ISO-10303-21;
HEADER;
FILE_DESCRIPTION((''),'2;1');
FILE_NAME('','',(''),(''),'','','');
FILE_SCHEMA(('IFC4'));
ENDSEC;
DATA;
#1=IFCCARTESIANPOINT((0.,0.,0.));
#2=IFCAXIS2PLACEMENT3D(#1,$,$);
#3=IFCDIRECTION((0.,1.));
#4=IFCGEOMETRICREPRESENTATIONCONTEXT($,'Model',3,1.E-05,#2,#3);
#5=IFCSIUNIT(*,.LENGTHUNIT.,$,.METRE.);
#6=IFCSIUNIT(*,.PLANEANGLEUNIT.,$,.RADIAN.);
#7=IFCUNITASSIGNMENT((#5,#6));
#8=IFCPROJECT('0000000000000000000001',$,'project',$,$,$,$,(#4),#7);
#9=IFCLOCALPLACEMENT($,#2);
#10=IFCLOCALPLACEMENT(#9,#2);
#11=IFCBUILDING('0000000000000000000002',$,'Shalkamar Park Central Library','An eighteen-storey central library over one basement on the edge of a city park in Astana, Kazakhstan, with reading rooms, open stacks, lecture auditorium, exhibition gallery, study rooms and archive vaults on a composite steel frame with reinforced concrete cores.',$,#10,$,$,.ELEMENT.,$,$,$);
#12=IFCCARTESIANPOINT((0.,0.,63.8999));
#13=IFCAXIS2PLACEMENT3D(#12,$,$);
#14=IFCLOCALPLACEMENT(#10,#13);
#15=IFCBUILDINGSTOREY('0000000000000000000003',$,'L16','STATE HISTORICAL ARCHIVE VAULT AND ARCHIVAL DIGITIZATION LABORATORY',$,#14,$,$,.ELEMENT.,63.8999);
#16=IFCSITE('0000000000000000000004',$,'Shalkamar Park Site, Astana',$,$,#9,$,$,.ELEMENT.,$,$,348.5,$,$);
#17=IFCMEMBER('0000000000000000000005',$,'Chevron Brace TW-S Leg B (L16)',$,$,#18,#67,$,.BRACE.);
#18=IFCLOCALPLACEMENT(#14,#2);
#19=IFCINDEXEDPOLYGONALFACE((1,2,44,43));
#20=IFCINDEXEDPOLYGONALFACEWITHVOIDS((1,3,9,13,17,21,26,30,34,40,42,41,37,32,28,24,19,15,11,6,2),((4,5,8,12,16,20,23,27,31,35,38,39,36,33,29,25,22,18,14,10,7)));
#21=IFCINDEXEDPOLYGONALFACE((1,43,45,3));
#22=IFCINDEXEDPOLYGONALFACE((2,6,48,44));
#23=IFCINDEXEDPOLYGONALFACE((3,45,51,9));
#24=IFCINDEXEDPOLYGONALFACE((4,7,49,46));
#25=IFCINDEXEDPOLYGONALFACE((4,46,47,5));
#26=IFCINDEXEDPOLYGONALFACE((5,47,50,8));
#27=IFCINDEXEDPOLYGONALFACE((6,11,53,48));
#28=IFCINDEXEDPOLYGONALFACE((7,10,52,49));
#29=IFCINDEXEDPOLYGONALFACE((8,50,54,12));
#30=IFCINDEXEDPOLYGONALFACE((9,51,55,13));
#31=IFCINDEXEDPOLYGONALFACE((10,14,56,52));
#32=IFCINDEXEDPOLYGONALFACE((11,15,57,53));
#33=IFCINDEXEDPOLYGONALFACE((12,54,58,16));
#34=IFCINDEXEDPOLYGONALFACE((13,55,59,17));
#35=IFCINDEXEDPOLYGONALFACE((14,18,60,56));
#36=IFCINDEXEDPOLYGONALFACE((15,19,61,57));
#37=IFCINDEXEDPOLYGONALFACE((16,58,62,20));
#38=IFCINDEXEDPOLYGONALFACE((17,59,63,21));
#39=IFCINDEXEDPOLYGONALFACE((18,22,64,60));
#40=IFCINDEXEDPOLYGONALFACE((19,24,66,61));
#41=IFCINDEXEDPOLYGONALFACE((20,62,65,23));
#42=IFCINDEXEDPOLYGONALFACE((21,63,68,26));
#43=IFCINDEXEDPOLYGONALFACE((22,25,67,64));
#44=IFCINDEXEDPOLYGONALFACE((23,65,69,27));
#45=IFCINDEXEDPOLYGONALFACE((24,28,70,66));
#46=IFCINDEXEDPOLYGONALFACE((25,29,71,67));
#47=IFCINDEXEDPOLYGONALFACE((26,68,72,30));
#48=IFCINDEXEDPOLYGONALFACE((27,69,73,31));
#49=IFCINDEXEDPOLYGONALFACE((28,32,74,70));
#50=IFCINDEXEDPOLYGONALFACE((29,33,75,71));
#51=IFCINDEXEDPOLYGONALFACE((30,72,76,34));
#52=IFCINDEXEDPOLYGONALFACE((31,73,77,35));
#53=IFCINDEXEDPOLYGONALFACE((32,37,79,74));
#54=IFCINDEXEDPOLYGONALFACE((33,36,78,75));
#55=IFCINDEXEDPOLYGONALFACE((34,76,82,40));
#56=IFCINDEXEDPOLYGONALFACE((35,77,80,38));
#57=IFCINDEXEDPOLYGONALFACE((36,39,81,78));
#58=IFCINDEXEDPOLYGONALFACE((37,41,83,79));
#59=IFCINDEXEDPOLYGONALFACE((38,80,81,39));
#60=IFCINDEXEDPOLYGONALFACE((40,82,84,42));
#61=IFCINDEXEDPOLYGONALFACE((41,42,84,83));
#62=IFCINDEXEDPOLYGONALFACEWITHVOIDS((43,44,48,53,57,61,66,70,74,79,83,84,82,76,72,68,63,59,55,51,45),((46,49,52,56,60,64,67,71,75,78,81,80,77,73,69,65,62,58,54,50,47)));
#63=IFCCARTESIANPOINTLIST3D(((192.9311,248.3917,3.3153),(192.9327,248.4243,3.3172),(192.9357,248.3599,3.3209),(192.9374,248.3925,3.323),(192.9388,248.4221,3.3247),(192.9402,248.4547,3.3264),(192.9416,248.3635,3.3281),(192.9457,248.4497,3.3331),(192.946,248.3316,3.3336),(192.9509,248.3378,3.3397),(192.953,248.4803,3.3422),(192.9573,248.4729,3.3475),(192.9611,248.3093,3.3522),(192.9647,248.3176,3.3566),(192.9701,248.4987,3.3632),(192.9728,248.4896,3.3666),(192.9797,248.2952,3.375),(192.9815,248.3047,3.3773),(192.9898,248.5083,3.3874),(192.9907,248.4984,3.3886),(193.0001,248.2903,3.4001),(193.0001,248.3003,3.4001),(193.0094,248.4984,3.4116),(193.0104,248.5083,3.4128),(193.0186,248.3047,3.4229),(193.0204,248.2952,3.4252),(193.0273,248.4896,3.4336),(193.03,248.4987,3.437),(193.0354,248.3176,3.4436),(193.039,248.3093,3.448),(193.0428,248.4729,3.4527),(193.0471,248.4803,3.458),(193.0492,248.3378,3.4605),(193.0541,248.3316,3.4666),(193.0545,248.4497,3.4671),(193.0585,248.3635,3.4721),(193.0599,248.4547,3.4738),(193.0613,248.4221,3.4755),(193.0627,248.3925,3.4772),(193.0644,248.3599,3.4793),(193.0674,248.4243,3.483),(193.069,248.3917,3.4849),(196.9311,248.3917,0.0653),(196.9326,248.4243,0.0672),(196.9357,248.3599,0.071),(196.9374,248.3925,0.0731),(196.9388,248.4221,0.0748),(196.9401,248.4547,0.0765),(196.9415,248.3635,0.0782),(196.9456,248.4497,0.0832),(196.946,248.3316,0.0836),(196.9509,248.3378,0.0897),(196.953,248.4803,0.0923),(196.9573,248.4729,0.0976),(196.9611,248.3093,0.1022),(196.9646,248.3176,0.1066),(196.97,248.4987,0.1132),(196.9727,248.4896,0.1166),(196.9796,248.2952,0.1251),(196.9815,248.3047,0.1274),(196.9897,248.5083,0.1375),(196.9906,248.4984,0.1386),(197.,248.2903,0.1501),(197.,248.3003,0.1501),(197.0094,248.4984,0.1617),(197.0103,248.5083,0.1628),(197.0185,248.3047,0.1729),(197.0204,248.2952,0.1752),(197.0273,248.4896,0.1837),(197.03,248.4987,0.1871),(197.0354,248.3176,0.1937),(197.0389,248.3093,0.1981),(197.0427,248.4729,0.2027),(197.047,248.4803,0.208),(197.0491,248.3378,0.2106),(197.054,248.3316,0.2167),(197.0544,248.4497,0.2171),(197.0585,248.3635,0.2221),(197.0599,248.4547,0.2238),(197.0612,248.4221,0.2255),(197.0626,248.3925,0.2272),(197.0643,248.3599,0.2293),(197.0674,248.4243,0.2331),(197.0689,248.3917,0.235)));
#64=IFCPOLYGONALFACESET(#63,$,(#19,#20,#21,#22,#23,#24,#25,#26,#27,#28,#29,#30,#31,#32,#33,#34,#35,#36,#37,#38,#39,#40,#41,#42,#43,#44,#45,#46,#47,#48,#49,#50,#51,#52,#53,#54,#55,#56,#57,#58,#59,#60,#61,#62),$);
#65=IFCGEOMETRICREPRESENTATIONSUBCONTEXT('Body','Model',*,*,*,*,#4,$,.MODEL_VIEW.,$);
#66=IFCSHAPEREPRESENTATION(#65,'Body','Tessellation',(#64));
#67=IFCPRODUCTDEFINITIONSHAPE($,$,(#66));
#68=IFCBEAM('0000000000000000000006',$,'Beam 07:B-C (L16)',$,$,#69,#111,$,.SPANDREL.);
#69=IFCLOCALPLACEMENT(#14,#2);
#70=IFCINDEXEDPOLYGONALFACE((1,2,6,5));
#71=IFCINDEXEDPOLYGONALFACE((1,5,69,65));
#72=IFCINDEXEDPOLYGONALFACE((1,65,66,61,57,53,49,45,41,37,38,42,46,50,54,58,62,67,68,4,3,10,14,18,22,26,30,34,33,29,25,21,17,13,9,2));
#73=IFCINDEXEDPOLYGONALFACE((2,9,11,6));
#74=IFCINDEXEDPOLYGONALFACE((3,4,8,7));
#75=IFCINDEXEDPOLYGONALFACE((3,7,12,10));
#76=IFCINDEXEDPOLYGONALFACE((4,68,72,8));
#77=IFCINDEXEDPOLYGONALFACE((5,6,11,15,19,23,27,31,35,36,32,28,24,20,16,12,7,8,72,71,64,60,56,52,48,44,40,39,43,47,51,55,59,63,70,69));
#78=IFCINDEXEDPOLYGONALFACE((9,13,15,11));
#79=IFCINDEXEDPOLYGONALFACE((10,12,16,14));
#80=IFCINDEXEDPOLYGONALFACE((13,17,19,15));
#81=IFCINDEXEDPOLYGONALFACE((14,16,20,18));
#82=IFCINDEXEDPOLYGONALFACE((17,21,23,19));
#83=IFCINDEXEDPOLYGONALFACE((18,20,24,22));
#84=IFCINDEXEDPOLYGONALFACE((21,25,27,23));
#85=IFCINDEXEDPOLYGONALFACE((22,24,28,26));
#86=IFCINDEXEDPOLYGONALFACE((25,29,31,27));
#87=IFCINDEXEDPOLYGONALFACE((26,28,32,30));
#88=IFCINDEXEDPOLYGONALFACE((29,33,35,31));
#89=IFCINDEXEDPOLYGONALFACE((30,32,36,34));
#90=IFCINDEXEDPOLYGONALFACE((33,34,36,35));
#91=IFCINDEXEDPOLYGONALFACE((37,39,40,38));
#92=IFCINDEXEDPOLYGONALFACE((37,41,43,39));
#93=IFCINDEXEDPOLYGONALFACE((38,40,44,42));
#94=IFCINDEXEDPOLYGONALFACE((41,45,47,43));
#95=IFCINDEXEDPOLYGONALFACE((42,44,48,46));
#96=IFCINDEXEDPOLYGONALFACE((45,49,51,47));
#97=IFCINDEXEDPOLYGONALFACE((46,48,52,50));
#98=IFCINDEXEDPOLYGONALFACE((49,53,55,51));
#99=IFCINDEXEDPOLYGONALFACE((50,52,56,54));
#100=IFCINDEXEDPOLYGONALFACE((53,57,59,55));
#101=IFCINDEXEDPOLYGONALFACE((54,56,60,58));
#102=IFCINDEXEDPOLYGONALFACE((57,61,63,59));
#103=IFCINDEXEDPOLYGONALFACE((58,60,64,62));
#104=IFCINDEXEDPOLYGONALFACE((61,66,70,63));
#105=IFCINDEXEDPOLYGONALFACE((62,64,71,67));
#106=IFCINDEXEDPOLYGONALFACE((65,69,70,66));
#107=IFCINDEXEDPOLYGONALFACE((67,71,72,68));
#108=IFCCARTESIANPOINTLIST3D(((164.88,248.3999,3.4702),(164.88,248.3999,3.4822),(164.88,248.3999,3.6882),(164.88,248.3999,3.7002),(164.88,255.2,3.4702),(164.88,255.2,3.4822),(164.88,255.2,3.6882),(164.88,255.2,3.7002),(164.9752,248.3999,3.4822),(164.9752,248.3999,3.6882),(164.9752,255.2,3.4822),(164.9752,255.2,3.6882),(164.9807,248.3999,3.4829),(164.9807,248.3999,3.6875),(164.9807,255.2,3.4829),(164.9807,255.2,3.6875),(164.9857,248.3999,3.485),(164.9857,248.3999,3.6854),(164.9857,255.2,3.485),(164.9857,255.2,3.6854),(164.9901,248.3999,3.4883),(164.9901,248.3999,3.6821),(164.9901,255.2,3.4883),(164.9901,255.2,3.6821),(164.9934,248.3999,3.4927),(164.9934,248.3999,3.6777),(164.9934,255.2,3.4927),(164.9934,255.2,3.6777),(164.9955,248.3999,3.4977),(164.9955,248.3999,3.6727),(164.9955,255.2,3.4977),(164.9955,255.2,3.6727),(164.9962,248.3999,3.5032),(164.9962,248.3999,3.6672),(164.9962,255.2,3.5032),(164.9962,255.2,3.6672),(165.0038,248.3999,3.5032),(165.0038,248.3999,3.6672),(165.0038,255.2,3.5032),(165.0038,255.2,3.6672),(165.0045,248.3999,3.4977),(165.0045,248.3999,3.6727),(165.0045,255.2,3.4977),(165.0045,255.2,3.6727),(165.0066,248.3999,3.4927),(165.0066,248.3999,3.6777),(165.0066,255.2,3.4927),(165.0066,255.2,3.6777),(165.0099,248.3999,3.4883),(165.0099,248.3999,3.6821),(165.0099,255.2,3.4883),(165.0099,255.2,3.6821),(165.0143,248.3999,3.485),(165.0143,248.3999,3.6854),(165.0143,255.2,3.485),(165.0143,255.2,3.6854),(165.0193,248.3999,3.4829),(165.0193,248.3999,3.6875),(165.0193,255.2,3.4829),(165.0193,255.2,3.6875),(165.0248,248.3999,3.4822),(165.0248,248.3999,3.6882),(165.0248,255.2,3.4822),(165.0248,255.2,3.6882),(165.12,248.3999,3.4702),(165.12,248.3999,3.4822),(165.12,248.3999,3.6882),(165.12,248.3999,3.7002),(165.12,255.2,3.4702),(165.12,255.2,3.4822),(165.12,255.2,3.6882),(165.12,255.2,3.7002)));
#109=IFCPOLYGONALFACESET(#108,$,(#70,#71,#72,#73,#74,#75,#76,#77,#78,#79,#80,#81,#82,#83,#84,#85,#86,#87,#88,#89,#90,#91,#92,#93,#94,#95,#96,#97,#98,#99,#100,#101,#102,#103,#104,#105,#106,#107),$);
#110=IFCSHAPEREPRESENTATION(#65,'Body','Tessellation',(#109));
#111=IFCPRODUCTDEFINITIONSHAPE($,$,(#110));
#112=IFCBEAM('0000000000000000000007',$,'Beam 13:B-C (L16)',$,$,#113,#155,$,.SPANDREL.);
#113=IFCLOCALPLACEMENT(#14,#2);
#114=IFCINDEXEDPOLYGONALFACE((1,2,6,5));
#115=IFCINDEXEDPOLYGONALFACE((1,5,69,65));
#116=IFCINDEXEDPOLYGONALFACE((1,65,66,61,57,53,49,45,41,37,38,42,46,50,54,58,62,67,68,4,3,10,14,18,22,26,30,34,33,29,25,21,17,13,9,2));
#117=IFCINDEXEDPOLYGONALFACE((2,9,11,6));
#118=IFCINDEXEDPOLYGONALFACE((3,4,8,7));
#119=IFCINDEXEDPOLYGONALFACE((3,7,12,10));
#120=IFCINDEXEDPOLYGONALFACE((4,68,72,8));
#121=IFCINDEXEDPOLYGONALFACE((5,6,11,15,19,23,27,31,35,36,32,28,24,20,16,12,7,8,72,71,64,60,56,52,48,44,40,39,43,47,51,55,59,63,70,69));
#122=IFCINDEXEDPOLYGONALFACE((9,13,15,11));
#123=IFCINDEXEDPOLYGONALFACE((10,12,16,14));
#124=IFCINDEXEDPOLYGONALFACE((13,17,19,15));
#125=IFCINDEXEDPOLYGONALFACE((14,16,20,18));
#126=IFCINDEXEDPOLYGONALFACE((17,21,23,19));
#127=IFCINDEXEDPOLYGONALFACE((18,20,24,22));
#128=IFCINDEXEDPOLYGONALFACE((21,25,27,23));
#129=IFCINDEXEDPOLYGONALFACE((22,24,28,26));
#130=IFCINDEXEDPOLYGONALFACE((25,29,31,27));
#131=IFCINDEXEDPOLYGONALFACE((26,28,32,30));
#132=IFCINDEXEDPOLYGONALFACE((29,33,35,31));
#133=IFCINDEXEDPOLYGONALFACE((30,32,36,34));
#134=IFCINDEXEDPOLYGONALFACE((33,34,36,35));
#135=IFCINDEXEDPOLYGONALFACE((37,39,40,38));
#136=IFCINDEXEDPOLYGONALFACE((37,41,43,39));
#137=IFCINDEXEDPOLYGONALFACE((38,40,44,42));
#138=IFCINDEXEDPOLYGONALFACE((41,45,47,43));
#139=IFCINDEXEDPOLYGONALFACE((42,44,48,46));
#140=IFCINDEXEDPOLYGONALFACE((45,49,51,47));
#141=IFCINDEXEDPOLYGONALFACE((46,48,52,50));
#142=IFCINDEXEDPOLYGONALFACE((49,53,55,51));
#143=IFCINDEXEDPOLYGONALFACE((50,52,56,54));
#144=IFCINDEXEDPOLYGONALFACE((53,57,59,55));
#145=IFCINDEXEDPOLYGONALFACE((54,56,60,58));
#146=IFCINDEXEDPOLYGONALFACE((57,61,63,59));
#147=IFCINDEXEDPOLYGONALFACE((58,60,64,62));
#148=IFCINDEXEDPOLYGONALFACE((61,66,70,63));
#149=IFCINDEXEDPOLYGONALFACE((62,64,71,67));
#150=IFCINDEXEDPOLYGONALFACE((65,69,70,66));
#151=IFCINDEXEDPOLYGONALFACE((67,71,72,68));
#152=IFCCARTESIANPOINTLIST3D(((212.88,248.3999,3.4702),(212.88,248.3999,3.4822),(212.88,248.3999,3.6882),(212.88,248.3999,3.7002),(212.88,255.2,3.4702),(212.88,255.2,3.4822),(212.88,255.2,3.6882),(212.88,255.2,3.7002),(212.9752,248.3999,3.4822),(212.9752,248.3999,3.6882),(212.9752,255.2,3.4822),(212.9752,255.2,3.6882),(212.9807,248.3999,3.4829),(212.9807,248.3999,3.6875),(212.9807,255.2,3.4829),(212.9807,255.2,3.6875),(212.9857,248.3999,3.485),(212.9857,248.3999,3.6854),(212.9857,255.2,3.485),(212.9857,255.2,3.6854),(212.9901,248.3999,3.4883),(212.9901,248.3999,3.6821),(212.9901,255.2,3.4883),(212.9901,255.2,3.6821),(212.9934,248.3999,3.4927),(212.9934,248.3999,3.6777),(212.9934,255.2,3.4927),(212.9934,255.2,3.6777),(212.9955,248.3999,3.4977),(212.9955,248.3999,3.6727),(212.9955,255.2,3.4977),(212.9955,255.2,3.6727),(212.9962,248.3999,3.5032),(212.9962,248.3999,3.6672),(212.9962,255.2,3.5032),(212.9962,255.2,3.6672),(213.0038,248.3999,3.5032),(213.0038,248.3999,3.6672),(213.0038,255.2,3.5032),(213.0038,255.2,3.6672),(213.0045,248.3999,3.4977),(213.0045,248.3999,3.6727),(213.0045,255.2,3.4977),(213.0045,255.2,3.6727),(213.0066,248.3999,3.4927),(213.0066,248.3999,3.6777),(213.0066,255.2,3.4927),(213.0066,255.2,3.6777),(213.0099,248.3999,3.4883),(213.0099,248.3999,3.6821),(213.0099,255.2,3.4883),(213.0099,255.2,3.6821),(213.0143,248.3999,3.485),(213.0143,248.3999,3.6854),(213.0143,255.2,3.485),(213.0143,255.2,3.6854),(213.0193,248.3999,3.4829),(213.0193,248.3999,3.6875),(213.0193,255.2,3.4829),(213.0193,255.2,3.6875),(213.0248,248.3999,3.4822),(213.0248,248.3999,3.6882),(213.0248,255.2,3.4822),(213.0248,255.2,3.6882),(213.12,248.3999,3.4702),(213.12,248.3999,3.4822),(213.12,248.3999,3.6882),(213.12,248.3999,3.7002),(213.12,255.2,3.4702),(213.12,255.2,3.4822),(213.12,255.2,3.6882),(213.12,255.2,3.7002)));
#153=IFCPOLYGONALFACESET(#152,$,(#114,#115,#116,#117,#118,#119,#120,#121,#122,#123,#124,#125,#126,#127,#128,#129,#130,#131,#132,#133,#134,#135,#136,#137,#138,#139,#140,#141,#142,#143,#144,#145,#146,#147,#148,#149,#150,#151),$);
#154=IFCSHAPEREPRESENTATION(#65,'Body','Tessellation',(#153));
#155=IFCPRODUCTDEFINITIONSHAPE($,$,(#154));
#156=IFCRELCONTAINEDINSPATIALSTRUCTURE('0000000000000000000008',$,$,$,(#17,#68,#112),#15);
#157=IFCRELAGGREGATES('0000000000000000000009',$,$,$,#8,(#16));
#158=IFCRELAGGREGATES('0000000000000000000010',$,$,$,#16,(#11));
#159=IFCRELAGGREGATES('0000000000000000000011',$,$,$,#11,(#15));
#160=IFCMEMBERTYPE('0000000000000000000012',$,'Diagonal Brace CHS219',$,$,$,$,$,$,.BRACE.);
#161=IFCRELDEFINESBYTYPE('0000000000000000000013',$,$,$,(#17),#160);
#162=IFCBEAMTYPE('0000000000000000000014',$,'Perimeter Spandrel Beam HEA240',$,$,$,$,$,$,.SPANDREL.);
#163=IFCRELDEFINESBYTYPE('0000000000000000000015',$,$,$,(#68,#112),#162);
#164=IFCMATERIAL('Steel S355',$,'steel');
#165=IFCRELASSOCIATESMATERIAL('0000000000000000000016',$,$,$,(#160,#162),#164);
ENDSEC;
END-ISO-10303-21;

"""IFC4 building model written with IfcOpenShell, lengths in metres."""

from ifc_helpers import new_model, si_unit, direction, frame, origin, origin_2d, place, context, subcontext, project, spatial, hollow_circle, i_section, extrude, material, material_profile, profile_set, type_object, element, save


model = new_model("IFC4")

# Units and contexts
model_context = context("Model", 3, precision=1e-05, world=origin(), true_north=direction((0.0, 1.0)))
body_context = subcontext(model_context, "Body", "Model", "MODEL_VIEW")
ifc_project = project(units=[si_unit("LENGTHUNIT", "METRE"), si_unit("PLANEANGLEUNIT", "RADIAN")], contexts=[model_context])

# Site, building, storey
site_placement = place(None, origin())
site = spatial("IfcSite", under=ifc_project, at=site_placement, Name="Shalkamar Park Site, Astana", CompositionType="ELEMENT", RefElevation=348.5)
building_placement = place(site_placement, origin())
building = spatial("IfcBuilding", under=site, at=building_placement, Name="Shalkamar Park Central Library", Description="An eighteen-storey central library over one basement on the edge of a city park in Astana, Kazakhstan, with reading rooms, open stacks, lecture auditorium, exhibition gallery, study rooms and archive vaults on a composite steel frame with reinforced concrete cores.", CompositionType="ELEMENT")
storey_placement = place(building_placement, frame((0.0, 0.0, 63.8999)))
storey = spatial("IfcBuildingStorey", under=building, at=storey_placement, Name="L16", Description="STATE HISTORICAL ARCHIVE VAULT AND ARCHIVAL DIGITIZATION LABORATORY", CompositionType="ELEMENT", Elevation=63.8999)

# Shared definitions
ifc_material_1 = material(Name="Steel S355", Category="steel")

# Member
ifc_material_profile_1 = material_profile(ifc_material_1, hollow_circle(Radius=0.1096, WallThickness=0.01, at=origin_2d()), Name="CHS 219.1x10")
ifc_profile_set_1 = profile_set([ifc_material_profile_1], Name="Steel S355")
member_type = type_object("IfcMemberType", Name="Diagonal Brace CHS219", PredefinedType="BRACE", material=ifc_profile_set_1)
for number, where, z_axis, x_axis, name in (
    (1, (197.0, 248.3999, 0.1501), (-0.776114, 0.0, 0.630593), (0.0, -1.0, 0.0), "Chevron Brace TW-S Leg B (L16)"),
):
    element("IfcMember", number, at=place(storey_placement, frame(where, z_axis=z_axis, x_axis=x_axis)), inside=storey, type_object=member_type, Name=name, PredefinedType="BRACE", context=body_context, shape_type="SweptSolid", body=[
        extrude(hollow_circle(Radius=0.1096, WallThickness=0.01, at=origin_2d()), origin(), (0.0, 0.0, 1.0), 5.1538),
    ])

# Beams
ifc_material_profile_2 = material_profile(ifc_material_1, i_section(OverallWidth=0.24, OverallDepth=0.23, WebThickness=0.0076, FlangeThickness=0.012, FilletRadius=0.021, at=origin_2d()), Name="HEA 240")
ifc_profile_set_2 = profile_set([ifc_material_profile_2], Name="Steel S355")
beam_type_1 = type_object("IfcBeamType", Name="Perimeter Spandrel Beam HEA240", PredefinedType="SPANDREL", material=ifc_profile_set_2)
for number, where, z_axis, x_axis, name in (
    (2, (165.0, 248.3999, 3.5852), (0.0, 1.0, 0.0), (-1.0, 0.0, 0.0), "Beam 07:B-C (L16)"),
    (3, (213.0, 248.3999, 3.5852), (0.0, 1.0, 0.0), (-1.0, 0.0, 0.0), "Beam 13:B-C (L16)"),
):
    element("IfcBeam", number, at=place(storey_placement, frame(where, z_axis=z_axis, x_axis=x_axis)), inside=storey, type_object=beam_type_1, Name=name, PredefinedType="SPANDREL", context=body_context, shape_type="SweptSolid", body=[
        extrude(i_section(OverallWidth=0.24, OverallDepth=0.23, WebThickness=0.0076, FlangeThickness=0.012, FilletRadius=0.021, at=origin_2d()), origin(), (0.0, 0.0, 1.0), 6.8),
    ])

save(model, "model.ifc")
